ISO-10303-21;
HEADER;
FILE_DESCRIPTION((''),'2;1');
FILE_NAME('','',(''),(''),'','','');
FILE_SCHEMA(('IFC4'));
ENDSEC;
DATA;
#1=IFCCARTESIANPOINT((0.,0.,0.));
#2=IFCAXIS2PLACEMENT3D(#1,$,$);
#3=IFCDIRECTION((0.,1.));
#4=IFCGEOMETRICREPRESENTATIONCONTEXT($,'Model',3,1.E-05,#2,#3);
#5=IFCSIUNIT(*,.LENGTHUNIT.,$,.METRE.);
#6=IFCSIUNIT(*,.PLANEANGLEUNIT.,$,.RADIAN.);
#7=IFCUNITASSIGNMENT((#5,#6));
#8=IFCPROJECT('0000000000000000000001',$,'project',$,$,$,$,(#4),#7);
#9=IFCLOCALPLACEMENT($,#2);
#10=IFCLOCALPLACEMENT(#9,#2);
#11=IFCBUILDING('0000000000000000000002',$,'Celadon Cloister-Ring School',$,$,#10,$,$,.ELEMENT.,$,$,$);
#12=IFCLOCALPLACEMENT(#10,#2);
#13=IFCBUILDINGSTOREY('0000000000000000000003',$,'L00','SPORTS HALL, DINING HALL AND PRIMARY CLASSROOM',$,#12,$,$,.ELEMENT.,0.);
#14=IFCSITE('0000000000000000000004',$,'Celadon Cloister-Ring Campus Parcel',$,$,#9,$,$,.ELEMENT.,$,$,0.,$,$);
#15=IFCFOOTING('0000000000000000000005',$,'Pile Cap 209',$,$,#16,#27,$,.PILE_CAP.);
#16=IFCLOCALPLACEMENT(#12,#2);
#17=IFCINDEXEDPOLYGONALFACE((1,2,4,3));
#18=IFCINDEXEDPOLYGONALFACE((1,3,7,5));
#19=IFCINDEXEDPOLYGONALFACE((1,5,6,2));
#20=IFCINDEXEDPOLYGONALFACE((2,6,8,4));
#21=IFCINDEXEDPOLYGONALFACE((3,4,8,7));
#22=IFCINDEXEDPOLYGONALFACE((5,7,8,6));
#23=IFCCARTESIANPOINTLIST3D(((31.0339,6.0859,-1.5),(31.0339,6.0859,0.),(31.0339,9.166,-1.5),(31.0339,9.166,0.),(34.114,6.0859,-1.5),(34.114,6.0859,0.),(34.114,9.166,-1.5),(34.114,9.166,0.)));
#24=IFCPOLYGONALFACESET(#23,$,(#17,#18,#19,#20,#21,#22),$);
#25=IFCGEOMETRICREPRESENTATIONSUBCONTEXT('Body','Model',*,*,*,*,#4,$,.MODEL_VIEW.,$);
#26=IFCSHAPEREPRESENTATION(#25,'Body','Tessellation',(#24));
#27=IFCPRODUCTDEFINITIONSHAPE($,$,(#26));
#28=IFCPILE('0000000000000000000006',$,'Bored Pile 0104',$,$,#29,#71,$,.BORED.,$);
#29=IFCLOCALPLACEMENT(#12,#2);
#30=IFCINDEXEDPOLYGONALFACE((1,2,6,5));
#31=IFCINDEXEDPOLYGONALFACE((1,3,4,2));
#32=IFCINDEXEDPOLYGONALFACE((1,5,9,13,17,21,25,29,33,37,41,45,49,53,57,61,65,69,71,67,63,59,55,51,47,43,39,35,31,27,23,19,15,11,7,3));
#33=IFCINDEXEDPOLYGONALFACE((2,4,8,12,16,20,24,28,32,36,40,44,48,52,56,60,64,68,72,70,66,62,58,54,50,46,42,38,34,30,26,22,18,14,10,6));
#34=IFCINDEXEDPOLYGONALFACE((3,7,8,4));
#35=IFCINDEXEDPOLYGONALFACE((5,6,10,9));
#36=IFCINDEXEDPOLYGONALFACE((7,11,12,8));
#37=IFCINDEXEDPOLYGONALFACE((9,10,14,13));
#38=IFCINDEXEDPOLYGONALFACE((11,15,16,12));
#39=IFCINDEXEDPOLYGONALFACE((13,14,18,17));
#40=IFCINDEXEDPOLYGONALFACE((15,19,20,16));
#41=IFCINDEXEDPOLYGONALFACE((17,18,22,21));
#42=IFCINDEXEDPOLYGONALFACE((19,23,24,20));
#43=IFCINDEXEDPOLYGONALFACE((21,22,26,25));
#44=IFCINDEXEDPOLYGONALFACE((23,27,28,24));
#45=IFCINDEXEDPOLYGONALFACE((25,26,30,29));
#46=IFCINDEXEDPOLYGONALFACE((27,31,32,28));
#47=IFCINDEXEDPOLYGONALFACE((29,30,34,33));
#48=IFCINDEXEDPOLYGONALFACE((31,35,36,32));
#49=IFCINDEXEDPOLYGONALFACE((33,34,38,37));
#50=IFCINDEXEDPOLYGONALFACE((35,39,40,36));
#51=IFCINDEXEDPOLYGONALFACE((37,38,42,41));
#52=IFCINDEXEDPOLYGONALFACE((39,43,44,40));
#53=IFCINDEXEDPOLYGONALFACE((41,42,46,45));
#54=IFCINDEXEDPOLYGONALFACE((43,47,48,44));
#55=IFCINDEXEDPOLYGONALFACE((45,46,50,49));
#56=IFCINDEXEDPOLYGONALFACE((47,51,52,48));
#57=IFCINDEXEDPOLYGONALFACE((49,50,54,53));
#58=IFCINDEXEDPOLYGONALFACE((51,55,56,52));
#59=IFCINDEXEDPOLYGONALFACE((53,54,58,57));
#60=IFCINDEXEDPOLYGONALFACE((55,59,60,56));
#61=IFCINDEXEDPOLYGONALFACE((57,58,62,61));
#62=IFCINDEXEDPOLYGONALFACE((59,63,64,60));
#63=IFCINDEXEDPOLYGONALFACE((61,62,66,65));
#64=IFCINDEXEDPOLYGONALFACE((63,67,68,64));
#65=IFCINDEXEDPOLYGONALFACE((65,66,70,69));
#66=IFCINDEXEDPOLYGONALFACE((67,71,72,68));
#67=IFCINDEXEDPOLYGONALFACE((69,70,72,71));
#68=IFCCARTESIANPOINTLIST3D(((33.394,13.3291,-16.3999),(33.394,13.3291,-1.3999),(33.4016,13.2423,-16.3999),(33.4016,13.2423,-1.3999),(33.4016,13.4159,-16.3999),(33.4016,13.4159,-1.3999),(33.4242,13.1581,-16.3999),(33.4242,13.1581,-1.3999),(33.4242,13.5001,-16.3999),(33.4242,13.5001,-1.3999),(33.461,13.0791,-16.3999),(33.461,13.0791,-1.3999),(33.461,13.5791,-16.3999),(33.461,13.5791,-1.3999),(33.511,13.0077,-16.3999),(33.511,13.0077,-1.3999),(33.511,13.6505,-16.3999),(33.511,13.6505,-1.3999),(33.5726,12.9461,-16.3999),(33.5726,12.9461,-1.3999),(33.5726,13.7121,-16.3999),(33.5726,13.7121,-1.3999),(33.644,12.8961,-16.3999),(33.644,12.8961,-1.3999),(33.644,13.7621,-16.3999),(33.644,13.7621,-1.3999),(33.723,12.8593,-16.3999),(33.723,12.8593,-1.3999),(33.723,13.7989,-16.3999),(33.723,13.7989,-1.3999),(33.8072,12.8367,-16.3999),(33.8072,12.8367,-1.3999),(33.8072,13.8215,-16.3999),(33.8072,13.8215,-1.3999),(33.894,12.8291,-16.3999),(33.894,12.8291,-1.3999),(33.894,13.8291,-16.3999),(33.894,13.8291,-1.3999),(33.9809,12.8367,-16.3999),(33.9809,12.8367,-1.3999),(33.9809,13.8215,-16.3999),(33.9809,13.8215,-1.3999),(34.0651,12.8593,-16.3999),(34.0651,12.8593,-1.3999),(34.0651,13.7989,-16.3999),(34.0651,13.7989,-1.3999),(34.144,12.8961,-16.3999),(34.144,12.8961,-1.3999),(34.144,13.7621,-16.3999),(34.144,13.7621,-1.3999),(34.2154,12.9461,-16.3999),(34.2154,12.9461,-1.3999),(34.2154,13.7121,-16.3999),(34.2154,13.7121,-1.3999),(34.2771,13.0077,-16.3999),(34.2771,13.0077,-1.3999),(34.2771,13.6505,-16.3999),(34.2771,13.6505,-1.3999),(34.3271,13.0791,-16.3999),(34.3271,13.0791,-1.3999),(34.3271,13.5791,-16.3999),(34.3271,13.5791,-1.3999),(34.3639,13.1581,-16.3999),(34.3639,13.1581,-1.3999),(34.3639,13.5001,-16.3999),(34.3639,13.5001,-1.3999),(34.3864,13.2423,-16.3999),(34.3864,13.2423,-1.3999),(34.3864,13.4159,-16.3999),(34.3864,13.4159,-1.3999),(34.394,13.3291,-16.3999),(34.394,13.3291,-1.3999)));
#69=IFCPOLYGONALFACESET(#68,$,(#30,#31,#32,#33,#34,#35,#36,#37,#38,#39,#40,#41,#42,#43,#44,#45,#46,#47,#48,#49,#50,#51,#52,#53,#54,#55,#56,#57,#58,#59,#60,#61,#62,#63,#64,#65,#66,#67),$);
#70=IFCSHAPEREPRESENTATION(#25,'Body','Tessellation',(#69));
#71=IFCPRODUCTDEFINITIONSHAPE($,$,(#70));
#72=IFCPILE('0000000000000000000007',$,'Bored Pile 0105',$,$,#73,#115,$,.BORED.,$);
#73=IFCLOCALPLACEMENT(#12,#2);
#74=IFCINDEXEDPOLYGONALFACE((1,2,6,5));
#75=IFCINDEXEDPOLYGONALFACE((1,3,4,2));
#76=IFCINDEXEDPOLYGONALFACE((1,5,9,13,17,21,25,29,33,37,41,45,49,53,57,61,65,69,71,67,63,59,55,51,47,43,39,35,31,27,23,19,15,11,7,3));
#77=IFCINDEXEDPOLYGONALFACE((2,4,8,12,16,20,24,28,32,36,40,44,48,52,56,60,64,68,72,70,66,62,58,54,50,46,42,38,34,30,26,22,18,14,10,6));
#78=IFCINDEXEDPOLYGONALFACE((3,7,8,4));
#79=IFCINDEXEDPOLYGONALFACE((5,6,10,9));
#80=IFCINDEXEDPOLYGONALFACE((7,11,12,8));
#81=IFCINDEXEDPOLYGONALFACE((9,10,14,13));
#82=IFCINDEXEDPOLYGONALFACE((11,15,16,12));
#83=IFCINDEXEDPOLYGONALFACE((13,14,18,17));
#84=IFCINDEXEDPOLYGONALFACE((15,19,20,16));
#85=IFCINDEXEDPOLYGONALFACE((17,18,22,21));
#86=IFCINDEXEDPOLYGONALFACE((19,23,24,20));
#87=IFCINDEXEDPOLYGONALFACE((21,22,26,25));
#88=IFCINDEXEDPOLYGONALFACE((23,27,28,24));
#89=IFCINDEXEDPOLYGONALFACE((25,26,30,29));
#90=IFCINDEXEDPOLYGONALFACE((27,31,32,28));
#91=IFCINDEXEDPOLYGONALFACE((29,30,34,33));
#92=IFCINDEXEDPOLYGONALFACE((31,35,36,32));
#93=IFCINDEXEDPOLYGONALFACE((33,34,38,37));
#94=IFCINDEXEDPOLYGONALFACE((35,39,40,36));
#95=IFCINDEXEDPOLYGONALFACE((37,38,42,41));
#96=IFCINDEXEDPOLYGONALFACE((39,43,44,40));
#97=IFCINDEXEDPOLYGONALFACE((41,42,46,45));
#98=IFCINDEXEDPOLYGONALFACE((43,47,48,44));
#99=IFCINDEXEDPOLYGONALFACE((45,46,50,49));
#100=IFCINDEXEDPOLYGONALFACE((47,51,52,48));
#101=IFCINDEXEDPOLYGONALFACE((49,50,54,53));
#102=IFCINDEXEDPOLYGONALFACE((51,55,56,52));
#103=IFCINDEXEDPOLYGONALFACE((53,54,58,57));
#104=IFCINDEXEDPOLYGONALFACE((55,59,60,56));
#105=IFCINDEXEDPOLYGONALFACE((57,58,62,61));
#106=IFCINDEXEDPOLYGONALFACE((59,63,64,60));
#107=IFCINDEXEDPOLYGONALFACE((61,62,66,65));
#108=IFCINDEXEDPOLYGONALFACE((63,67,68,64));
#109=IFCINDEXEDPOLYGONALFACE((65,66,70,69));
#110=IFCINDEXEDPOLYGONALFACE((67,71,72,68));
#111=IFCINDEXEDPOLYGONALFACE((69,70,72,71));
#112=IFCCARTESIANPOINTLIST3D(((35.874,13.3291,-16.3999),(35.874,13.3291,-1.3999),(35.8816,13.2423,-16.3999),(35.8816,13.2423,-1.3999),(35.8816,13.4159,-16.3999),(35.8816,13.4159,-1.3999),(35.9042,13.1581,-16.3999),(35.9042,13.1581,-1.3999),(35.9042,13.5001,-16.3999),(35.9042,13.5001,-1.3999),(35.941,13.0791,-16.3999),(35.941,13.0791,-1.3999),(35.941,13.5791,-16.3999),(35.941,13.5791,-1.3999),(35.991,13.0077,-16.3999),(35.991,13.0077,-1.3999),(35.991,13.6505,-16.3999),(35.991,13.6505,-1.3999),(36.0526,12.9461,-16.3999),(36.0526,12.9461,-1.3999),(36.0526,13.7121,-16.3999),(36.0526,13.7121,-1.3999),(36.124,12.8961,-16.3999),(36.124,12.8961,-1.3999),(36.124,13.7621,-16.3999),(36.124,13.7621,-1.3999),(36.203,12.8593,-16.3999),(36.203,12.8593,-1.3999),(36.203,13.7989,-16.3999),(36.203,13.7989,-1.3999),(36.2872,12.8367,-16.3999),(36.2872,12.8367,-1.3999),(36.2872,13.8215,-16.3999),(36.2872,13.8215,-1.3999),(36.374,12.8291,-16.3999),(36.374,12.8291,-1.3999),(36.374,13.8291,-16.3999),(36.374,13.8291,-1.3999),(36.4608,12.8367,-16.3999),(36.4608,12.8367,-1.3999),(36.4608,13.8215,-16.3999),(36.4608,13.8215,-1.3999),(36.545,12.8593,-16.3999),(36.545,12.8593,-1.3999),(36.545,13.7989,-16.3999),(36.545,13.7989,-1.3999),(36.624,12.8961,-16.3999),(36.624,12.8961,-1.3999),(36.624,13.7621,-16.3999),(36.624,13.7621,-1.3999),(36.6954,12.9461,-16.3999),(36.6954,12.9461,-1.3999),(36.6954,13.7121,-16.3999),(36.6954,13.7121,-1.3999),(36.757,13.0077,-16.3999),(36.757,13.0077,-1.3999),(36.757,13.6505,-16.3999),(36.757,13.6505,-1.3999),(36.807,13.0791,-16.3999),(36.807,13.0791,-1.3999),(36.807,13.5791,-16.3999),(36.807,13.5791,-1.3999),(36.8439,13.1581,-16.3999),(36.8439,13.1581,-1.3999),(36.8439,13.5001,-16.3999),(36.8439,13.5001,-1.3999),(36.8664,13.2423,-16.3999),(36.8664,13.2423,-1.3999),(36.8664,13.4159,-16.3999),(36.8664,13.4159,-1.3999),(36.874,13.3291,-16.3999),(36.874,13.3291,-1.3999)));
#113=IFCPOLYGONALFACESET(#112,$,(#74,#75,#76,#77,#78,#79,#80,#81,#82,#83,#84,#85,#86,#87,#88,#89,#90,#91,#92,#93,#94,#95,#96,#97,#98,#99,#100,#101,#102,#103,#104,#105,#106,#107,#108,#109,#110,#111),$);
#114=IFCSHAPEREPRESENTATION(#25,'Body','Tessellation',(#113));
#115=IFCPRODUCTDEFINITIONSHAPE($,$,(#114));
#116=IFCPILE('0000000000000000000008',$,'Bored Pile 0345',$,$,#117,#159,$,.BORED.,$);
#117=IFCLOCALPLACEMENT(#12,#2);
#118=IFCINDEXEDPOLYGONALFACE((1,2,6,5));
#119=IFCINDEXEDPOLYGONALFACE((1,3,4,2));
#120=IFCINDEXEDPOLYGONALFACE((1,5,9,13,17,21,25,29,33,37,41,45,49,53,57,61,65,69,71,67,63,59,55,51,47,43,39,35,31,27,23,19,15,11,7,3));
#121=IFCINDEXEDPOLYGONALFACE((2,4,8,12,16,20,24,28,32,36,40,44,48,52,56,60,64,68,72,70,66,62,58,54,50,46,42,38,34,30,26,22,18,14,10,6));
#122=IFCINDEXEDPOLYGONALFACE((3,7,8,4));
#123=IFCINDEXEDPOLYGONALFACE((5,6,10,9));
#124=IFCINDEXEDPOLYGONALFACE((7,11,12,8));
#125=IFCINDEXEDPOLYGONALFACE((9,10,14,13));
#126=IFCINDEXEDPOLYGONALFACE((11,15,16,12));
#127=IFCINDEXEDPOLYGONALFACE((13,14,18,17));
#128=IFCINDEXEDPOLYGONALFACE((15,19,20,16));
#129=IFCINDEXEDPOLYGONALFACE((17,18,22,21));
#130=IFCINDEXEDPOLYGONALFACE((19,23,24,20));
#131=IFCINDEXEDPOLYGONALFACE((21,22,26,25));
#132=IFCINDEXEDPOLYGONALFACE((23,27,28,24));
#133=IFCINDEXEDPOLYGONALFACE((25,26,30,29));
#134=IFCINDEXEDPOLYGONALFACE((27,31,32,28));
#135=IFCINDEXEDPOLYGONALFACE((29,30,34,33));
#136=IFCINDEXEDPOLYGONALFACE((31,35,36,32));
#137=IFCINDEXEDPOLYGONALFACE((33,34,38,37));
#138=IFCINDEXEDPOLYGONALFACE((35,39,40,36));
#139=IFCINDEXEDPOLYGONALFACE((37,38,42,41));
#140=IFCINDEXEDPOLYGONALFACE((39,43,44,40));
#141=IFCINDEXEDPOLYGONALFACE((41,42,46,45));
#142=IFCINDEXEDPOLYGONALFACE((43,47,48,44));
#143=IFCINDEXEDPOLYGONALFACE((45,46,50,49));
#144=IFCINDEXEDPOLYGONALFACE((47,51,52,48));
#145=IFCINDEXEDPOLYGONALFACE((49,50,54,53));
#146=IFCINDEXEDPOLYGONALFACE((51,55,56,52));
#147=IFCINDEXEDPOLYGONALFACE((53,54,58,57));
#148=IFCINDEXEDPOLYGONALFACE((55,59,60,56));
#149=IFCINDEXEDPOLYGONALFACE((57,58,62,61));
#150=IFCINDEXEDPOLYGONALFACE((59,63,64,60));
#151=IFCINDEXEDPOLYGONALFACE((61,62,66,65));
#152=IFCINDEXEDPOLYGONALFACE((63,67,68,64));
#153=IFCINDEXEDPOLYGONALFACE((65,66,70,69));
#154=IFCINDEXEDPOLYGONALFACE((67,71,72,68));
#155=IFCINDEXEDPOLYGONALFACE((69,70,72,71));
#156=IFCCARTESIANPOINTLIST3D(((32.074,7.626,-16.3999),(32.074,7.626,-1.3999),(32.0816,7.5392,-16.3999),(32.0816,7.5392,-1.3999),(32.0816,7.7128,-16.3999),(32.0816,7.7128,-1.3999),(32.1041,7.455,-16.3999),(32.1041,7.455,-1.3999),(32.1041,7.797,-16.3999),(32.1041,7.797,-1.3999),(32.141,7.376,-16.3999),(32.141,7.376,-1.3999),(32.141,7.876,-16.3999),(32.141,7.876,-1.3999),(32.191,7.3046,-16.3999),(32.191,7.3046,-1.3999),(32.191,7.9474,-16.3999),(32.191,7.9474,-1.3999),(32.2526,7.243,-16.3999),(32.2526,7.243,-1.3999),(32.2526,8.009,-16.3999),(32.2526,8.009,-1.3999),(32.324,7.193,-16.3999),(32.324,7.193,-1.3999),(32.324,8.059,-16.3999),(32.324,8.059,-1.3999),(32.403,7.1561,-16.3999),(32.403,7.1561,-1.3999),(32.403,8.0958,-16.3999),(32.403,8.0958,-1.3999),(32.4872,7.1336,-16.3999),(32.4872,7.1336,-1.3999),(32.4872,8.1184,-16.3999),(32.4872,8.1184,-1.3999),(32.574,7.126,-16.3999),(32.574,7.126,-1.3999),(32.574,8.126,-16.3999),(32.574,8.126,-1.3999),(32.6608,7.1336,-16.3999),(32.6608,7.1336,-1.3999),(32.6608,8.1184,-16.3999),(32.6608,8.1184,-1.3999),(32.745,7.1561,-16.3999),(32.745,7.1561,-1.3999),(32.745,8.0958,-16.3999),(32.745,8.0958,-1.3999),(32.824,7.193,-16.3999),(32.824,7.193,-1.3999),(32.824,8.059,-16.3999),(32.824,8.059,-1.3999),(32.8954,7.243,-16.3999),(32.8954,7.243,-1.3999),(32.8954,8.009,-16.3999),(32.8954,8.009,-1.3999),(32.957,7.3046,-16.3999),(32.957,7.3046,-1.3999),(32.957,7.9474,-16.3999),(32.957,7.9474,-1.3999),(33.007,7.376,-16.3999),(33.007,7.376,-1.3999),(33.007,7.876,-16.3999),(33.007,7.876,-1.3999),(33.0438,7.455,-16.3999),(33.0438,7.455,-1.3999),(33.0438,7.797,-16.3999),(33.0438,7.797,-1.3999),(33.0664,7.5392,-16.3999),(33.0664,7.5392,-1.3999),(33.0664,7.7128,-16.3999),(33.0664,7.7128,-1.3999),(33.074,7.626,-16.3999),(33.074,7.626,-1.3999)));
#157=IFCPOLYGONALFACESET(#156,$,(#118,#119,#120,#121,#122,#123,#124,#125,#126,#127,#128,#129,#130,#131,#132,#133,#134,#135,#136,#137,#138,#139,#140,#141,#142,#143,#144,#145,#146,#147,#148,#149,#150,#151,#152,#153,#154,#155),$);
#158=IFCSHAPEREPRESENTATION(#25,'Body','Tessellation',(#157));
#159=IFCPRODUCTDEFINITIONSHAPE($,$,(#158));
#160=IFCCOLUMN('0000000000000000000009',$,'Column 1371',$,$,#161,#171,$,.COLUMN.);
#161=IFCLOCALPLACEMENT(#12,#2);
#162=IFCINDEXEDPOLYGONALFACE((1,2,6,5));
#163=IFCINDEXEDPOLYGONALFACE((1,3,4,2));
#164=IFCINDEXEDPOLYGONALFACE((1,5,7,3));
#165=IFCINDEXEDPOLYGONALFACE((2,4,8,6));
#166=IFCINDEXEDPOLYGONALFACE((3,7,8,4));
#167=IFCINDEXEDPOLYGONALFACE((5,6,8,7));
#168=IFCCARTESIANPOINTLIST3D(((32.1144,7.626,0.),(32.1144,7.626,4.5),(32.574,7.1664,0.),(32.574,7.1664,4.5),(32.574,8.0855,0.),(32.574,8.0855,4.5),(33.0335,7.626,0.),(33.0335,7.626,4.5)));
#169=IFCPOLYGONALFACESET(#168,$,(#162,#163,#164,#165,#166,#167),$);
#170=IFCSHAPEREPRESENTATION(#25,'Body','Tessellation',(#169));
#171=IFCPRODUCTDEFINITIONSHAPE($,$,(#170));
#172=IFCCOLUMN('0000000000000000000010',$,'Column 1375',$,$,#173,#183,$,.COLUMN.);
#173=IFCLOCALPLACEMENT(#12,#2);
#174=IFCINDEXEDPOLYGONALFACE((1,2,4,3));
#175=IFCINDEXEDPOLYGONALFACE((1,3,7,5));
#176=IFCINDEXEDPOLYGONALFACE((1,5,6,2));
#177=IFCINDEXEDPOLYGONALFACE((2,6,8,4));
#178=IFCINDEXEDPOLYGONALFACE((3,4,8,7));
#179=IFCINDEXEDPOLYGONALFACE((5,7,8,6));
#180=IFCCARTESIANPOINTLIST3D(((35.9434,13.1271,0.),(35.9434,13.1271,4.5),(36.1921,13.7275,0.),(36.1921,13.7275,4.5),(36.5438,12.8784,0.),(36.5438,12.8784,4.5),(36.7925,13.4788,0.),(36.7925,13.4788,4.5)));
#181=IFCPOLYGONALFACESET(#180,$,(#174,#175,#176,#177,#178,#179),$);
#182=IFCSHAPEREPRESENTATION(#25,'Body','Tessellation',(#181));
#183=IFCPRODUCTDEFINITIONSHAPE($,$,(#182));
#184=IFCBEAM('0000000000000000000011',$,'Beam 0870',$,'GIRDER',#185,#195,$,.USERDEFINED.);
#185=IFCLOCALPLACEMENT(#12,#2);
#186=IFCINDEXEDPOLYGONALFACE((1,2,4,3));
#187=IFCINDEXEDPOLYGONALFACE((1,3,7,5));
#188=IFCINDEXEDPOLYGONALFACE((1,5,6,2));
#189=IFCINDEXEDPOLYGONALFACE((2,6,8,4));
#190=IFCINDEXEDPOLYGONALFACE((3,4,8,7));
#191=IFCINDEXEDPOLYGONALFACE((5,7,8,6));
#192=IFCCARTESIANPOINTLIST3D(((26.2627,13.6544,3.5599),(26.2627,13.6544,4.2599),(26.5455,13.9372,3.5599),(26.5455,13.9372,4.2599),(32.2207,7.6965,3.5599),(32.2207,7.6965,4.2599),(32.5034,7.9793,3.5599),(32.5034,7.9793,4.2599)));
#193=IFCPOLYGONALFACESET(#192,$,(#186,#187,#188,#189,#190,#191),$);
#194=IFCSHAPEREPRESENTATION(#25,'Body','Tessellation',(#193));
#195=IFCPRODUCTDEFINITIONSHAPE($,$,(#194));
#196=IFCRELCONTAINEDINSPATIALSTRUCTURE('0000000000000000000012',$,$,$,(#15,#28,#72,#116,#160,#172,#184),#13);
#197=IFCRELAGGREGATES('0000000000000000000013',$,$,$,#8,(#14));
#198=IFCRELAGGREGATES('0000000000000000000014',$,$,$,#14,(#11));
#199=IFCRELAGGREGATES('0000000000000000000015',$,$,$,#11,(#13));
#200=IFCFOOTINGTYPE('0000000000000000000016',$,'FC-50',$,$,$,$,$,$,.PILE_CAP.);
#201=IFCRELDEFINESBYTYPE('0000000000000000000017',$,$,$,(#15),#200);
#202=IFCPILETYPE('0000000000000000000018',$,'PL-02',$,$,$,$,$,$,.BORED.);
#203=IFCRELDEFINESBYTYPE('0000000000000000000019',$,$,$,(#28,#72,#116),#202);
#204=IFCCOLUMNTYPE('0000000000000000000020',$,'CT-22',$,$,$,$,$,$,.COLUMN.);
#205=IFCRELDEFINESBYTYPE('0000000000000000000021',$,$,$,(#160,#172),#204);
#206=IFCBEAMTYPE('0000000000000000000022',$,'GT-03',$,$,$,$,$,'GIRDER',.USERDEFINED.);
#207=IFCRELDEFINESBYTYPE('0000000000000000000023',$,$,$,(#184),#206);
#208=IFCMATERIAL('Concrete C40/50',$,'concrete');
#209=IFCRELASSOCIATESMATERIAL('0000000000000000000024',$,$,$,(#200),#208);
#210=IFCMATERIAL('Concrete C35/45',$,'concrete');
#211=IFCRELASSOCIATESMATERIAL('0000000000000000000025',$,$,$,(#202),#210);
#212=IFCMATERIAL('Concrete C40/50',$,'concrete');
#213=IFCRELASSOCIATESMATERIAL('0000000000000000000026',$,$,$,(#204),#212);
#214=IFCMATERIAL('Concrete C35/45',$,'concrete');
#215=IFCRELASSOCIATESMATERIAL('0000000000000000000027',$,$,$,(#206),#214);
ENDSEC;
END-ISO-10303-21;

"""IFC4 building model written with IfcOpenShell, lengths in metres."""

from ifc_helpers import new_model, si_unit, direction, frame, origin, origin_2d, place, context, subcontext, project, spatial, rectangle, circle, extrude, material, material_profile, profile_set, type_object, element, save


model = new_model("IFC4")

# Units and contexts
model_context = context("Model", 3, precision=1e-05, world=origin(), true_north=direction((0.0, 1.0)))
body_context = subcontext(model_context, "Body", "Model", "MODEL_VIEW")
ifc_project = project(units=[si_unit("LENGTHUNIT", "METRE"), si_unit("PLANEANGLEUNIT", "RADIAN")], contexts=[model_context])

# Site, building, storey
site_placement = place(None, origin())
site = spatial("IfcSite", under=ifc_project, at=site_placement, Name="Celadon Cloister-Ring Campus Parcel", CompositionType="ELEMENT", RefElevation=0.0)
building_placement = place(site_placement, origin())
building = spatial("IfcBuilding", under=site, at=building_placement, Name="Celadon Cloister-Ring School", CompositionType="ELEMENT")
storey_placement = place(building_placement, origin())
storey = spatial("IfcBuildingStorey", under=building, at=storey_placement, Name="L00", Description="SPORTS HALL, DINING HALL AND PRIMARY CLASSROOM", CompositionType="ELEMENT", Elevation=0.0)

# Footing
ifc_material_1 = material(Name="Concrete C40/50", Category="concrete")
footing_type = type_object("IfcFootingType", Name="FC-50", PredefinedType="PILE_CAP", material=ifc_material_1)
footing_placement = place(storey_placement, frame((32.574, 7.626, -1.5), z_axis=(0.0, 0.0, 1.0), x_axis=(1.0, 0.0, 0.0)))
element("IfcFooting", 1, at=footing_placement, inside=storey, type_object=footing_type, Name="Pile Cap 209", PredefinedType="PILE_CAP", context=body_context, shape_type="SweptSolid", body=[
    extrude(rectangle(XDim=3.0801, YDim=3.0801, at=origin_2d()), origin(), (0.0, 0.0, 1.0), 1.5),
])

# Piles
ifc_material_2 = material(Name="Concrete C35/45", Category="concrete")
ifc_material_profile_1 = material_profile(ifc_material_2, circle(Radius=0.5, at=origin_2d()), Name="PILE1000")
ifc_profile_set_1 = profile_set([ifc_material_profile_1], Name="Concrete C35/45")
pile_type = type_object("IfcPileType", Name="PL-02", PredefinedType="BORED", material=ifc_profile_set_1)
for number, where, z_axis, x_axis, name in (
    (2, (33.894, 13.3291, -1.3999), (0.0, 0.0, -1.0), (1.0, 0.0, 0.0), "Bored Pile 0104"),
    (3, (36.374, 13.3291, -1.3999), (0.0, 0.0, -1.0), (1.0, 0.0, 0.0), "Bored Pile 0105"),
    (4, (32.574, 7.626, -1.3999), (0.0, 0.0, -1.0), (1.0, 0.0, 0.0), "Bored Pile 0345"),
):
    element("IfcPile", number, at=place(storey_placement, frame(where, z_axis=z_axis, x_axis=x_axis)), inside=storey, type_object=pile_type, Name=name, PredefinedType="BORED", context=body_context, shape_type="SweptSolid", body=[
        extrude(circle(Radius=0.5, at=origin_2d()), origin(), (0.0, 0.0, 1.0), 15.0),
    ])

# Columns
ifc_material_3 = material(Name="Concrete C40/50", Category="concrete")
ifc_material_profile_2 = material_profile(ifc_material_3, rectangle(XDim=0.6499, YDim=0.6499, at=origin_2d()), Name="RC650X650")
ifc_profile_set_2 = profile_set([ifc_material_profile_2], Name="Concrete C40/50")
column_type = type_object("IfcColumnType", Name="CT-22", PredefinedType="COLUMN", material=ifc_profile_set_2)
for number, where, z_axis, x_axis, name in (
    (5, (32.574, 7.626, 0.0), (0.0, 0.0, 1.0), (0.707107, -0.707107, 0.0), "Column 1371"),
    (6, (36.3679, 13.303, 0.0), (0.0, 0.0, 1.0), (0.92388, -0.382683, 0.0), "Column 1375"),
):
    element("IfcColumn", number, at=place(storey_placement, frame(where, z_axis=z_axis, x_axis=x_axis)), inside=storey, type_object=column_type, Name=name, PredefinedType="COLUMN", context=body_context, shape_type="SweptSolid", body=[
        extrude(rectangle(XDim=0.6499, YDim=0.6499, at=origin_2d()), origin(), (0.0, 0.0, 1.0), 4.5),
    ])

# Beam
ifc_material_4 = material(Name="Concrete C35/45", Category="concrete")
ifc_material_profile_3 = material_profile(ifc_material_4, rectangle(XDim=0.3999, YDim=0.7, at=origin_2d()), Name="RC400X700")
ifc_profile_set_3 = profile_set([ifc_material_profile_3], Name="Concrete C35/45")
beam_type_1 = type_object("IfcBeamType", Name="GT-03", ElementType="GIRDER", PredefinedType="USERDEFINED", material=ifc_profile_set_3)
beam_1_placement = place(storey_placement, frame((32.3621, 7.8379, 3.9099), z_axis=(-0.707107, 0.707107, 0.0), x_axis=(-0.707107, -0.707107, 0.0)))
element("IfcBeam", 7, at=beam_1_placement, inside=storey, type_object=beam_type_1, Name="Beam 0870", ObjectType="GIRDER", PredefinedType="USERDEFINED", context=body_context, shape_type="SweptSolid", body=[
    extrude(rectangle(XDim=0.3999, YDim=0.7, at=origin_2d()), origin(), (0.0, 0.0, 1.0), 8.4258),
])

save(model, "model.ifc")
